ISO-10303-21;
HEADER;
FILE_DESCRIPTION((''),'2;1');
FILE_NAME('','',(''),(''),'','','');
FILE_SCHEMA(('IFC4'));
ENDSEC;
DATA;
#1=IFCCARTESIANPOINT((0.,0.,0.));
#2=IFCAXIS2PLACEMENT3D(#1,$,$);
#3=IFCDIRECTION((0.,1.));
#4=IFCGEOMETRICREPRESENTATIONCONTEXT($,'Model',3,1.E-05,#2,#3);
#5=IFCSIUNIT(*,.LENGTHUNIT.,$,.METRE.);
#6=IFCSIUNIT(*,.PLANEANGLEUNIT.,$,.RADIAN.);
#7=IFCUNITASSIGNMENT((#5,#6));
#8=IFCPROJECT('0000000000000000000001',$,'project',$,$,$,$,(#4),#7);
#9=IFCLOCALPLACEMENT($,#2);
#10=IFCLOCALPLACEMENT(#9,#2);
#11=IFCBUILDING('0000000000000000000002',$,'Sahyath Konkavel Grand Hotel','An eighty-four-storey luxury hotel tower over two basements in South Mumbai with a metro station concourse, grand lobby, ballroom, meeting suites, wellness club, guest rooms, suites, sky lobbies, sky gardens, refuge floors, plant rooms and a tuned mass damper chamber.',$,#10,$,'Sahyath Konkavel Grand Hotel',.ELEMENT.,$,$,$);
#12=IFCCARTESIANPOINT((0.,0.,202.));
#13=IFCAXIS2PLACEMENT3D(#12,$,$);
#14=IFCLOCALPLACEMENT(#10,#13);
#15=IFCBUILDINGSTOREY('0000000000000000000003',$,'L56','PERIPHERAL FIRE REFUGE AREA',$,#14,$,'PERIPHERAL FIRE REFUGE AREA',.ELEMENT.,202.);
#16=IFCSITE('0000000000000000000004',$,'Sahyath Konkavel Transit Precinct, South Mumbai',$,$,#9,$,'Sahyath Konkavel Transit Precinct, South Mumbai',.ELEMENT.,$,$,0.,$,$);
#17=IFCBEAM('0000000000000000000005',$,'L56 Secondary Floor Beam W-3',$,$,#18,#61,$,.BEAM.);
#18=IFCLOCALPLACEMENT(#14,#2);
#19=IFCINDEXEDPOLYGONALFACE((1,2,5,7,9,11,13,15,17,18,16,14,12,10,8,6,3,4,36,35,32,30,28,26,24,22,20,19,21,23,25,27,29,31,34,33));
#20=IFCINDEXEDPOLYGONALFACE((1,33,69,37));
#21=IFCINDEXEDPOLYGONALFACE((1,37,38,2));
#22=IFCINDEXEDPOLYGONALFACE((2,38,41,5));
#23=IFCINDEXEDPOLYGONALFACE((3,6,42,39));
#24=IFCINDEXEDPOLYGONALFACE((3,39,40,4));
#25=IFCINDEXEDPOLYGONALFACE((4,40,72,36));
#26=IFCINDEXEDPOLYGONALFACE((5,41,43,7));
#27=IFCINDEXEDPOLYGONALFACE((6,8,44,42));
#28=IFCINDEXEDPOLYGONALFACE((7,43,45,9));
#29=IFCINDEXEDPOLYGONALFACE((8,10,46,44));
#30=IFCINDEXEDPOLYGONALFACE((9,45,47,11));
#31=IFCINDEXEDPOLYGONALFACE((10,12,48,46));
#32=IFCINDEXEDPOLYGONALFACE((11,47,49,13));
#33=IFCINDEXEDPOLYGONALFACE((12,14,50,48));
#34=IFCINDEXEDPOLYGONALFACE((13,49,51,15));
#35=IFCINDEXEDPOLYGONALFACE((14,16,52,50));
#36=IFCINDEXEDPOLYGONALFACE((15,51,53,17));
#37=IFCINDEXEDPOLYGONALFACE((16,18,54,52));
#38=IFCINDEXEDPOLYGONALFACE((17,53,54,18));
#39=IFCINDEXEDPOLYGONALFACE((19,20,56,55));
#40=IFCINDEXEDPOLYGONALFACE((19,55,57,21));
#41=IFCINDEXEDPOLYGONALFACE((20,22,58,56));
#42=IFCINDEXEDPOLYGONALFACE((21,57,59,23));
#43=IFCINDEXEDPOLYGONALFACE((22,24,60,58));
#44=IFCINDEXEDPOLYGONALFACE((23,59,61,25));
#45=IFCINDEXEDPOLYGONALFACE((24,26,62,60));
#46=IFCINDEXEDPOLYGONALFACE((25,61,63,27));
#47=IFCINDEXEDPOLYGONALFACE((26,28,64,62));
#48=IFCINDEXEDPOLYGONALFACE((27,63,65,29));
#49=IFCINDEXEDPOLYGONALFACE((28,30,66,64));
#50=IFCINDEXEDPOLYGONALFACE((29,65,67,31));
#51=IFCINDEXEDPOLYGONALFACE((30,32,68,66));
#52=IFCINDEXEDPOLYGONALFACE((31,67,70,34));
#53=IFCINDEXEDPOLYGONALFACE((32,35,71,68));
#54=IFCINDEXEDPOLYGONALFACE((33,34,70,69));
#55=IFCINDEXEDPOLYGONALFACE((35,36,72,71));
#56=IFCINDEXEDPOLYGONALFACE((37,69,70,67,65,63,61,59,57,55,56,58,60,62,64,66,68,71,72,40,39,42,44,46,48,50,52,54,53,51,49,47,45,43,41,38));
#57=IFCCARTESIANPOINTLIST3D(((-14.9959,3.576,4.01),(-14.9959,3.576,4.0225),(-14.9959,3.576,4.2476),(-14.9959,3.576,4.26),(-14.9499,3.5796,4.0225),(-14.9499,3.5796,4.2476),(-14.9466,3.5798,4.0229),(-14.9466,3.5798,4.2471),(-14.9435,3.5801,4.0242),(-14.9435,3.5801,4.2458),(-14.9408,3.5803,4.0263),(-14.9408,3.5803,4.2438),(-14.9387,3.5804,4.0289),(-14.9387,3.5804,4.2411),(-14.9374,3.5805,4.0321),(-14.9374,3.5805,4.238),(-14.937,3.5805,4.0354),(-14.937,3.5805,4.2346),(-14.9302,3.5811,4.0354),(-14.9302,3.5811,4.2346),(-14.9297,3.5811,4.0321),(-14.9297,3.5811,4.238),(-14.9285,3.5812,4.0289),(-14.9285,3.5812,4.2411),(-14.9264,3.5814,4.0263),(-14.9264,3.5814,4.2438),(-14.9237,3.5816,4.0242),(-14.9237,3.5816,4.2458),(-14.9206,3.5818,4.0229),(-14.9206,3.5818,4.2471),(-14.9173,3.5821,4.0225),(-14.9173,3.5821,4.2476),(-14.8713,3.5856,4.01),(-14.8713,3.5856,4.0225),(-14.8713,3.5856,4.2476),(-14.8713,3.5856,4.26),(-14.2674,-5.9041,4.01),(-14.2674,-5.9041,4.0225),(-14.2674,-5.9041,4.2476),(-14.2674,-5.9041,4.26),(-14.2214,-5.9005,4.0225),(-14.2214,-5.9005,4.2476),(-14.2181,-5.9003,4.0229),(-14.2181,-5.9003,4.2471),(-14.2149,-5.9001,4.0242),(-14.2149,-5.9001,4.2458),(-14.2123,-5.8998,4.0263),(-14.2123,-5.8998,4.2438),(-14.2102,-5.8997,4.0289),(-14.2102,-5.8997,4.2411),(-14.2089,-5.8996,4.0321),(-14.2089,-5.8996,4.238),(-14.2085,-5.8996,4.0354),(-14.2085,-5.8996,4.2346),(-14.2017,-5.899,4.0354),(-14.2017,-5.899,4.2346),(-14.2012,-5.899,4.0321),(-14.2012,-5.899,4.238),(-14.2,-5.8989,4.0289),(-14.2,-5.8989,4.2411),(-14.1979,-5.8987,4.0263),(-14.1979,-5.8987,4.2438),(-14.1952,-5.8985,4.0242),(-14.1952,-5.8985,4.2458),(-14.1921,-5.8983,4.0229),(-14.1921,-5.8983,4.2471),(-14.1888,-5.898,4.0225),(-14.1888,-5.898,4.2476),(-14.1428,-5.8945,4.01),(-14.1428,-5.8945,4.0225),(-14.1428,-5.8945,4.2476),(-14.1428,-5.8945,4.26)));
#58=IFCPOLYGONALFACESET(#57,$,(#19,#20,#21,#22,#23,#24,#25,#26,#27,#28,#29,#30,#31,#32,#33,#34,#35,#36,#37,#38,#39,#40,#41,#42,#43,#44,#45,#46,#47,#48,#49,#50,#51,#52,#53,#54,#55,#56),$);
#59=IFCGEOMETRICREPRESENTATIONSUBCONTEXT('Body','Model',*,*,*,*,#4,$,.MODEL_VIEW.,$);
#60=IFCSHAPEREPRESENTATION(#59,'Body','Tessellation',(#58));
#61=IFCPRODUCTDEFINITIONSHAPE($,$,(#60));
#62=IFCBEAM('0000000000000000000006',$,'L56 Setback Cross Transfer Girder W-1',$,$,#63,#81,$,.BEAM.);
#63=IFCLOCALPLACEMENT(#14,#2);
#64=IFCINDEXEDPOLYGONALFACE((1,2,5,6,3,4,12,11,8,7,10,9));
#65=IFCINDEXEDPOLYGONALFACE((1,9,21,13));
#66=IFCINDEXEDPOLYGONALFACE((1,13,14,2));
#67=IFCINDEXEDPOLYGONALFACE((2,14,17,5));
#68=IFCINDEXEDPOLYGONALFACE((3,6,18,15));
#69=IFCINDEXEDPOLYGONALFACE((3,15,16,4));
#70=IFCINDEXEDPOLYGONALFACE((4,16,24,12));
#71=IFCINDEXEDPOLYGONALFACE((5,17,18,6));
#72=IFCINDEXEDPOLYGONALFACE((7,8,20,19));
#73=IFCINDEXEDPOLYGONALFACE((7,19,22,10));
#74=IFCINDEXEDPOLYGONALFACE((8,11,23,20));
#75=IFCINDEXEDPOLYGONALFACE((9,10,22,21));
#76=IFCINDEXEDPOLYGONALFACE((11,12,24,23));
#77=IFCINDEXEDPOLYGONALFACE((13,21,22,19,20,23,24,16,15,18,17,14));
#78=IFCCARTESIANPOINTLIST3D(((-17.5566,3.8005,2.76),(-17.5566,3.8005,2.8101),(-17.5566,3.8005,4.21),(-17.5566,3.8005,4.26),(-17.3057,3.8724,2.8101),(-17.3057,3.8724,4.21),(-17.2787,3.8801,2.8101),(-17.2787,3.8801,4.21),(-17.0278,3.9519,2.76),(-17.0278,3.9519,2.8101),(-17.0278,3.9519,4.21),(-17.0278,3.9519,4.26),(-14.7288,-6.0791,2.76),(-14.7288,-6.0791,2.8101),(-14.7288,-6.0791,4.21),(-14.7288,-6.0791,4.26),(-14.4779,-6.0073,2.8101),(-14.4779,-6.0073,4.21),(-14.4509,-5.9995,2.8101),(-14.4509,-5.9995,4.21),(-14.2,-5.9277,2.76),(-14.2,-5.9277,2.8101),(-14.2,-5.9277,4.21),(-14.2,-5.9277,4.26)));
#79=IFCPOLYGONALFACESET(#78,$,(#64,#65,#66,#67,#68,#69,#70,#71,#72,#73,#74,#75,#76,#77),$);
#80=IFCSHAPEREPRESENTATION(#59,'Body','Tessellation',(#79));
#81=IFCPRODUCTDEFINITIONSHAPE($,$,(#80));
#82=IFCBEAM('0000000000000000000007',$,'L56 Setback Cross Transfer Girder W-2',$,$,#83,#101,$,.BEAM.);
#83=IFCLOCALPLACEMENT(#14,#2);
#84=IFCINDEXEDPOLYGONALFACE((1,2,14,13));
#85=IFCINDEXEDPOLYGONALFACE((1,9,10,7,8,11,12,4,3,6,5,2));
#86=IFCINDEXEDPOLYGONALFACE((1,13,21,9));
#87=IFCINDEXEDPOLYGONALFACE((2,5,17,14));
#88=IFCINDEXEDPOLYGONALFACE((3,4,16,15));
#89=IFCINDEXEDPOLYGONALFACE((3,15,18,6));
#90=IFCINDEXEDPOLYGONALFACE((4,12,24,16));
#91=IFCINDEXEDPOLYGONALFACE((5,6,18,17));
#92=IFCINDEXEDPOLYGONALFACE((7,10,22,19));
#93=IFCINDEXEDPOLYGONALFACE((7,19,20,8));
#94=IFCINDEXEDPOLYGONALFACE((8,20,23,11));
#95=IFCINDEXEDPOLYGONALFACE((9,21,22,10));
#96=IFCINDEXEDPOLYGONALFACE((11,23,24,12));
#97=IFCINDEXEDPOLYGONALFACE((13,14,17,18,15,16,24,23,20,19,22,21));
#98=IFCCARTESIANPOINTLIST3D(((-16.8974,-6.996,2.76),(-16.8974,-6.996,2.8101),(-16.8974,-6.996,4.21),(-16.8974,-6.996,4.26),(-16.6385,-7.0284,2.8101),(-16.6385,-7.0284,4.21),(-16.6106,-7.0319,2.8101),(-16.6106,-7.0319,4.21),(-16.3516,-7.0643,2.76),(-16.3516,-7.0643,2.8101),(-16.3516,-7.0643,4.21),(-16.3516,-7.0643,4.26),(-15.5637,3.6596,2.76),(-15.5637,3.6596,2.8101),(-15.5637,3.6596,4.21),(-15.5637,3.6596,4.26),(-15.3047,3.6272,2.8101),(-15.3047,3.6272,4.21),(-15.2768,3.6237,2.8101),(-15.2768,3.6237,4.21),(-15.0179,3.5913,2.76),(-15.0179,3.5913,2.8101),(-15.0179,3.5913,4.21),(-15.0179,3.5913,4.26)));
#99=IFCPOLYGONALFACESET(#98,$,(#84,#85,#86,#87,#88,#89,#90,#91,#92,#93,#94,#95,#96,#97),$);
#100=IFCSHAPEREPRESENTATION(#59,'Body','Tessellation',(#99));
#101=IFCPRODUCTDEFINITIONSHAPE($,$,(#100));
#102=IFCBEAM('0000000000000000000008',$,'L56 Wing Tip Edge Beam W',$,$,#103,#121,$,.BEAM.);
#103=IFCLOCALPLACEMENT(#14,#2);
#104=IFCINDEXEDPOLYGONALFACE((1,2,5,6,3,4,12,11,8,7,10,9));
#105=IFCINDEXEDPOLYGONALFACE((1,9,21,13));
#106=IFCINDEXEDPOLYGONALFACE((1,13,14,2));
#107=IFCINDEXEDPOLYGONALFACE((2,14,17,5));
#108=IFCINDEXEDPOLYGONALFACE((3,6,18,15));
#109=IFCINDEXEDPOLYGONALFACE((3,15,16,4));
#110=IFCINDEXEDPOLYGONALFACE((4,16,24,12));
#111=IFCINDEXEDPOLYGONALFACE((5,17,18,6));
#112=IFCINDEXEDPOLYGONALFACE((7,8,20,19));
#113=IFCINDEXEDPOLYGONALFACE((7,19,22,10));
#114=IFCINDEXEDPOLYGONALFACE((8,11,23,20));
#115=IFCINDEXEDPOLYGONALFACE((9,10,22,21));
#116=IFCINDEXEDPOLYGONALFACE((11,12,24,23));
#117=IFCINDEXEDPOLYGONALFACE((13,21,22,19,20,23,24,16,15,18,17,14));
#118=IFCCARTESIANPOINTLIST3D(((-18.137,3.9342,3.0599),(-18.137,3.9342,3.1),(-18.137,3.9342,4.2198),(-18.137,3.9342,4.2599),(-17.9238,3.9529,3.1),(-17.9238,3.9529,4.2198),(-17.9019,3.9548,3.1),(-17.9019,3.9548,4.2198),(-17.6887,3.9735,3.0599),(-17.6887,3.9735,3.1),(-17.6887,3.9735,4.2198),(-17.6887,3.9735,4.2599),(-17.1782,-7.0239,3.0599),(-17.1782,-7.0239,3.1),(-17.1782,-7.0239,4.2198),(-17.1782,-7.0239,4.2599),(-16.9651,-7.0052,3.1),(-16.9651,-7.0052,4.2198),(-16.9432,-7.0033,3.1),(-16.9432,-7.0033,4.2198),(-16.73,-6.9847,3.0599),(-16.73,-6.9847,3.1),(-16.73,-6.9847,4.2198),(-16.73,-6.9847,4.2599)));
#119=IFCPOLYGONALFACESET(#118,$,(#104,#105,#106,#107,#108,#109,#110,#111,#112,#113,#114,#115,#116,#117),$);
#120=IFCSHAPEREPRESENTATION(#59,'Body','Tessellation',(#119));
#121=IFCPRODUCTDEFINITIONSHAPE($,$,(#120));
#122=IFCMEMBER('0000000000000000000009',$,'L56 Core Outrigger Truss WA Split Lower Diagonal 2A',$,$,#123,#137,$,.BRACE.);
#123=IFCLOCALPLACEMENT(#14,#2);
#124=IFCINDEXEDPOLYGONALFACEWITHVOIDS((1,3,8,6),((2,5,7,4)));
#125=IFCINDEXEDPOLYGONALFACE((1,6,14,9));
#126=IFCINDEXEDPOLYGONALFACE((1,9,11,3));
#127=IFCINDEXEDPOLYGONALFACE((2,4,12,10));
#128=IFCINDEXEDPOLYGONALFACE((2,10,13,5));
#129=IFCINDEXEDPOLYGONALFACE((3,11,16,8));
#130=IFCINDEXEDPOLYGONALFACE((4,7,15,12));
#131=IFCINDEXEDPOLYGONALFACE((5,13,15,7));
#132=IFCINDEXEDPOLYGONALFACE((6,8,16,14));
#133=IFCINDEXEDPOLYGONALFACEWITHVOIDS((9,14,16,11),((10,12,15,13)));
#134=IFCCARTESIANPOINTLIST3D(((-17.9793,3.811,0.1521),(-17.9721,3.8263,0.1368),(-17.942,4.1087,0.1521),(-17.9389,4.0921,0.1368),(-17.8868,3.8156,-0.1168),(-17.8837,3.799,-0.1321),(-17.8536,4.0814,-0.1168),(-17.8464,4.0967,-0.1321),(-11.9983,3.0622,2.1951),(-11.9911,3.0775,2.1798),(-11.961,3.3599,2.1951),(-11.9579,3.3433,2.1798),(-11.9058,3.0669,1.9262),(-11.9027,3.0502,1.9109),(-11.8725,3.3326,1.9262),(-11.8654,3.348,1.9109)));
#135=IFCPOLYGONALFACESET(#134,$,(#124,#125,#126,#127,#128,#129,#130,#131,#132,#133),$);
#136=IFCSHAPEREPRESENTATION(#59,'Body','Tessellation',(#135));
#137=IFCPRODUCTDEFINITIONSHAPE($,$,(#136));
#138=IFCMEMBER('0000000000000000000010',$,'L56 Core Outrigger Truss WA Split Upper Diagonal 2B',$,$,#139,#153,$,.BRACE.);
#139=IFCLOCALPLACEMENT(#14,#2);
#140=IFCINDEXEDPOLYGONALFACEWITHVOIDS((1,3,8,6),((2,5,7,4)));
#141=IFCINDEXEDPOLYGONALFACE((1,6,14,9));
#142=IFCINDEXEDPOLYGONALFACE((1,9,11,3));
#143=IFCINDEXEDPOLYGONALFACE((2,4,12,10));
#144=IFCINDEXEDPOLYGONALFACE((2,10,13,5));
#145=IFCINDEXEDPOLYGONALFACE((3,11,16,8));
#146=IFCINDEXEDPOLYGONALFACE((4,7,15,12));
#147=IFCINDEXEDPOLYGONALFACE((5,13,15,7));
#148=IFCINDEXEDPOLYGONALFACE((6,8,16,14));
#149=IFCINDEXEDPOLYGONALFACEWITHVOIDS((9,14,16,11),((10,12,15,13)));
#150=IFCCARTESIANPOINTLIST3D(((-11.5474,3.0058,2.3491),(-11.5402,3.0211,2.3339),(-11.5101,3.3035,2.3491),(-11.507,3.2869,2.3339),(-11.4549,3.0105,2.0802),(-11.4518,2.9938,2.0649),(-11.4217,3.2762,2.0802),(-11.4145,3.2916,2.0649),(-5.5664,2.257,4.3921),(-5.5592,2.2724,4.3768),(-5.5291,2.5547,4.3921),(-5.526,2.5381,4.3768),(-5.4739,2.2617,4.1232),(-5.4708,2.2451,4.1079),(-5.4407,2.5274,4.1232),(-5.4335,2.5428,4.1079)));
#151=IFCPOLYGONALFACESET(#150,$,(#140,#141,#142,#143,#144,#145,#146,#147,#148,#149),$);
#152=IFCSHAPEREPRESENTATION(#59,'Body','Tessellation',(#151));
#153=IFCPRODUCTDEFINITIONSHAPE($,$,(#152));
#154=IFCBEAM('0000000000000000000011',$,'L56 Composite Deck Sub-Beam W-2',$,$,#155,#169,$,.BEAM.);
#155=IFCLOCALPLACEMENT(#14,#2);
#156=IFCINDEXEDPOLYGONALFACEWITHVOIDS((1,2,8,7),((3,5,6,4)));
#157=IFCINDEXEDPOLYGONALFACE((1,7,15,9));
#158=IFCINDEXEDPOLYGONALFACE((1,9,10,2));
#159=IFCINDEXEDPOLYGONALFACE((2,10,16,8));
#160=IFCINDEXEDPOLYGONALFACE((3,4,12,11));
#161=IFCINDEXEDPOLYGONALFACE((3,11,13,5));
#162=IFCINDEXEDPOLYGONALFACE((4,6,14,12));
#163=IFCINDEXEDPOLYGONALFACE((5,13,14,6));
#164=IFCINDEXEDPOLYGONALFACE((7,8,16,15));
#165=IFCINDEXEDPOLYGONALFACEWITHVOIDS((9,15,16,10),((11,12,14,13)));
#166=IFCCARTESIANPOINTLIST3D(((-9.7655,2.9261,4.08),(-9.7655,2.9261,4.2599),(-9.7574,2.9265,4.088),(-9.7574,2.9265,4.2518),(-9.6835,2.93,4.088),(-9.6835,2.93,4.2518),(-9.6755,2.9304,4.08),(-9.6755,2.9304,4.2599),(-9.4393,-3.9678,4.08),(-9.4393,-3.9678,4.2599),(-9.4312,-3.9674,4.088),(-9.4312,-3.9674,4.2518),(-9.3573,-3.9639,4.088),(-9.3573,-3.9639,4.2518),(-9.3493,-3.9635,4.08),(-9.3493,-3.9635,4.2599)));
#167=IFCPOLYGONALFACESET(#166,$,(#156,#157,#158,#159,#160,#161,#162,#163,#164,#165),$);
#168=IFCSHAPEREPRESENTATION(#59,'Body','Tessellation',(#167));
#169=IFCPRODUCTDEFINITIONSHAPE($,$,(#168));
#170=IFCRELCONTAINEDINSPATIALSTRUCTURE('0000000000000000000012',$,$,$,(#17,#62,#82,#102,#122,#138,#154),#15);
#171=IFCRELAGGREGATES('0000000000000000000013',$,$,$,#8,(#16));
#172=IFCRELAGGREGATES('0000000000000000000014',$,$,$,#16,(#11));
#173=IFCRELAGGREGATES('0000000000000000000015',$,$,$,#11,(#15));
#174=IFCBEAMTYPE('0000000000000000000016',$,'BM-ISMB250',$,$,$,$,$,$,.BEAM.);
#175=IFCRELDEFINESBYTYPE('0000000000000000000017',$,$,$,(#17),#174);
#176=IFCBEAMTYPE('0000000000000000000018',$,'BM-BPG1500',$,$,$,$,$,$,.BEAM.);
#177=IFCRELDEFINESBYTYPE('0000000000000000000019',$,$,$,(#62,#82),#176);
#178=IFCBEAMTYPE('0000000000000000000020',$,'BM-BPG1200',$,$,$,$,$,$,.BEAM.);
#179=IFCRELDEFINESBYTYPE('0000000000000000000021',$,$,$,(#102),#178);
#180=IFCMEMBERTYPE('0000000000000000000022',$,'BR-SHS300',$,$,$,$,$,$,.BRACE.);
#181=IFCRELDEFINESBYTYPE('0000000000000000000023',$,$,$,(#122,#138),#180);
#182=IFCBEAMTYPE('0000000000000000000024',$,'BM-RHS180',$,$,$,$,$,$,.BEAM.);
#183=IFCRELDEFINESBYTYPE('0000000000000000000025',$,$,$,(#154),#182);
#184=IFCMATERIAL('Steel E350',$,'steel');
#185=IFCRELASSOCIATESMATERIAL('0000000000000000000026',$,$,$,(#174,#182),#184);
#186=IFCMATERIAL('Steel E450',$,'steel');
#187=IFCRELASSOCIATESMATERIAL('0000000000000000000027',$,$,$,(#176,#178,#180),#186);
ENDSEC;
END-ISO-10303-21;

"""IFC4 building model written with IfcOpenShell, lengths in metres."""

from ifc_helpers import new_model, si_unit, direction, frame, origin, origin_2d, place, context, subcontext, project, spatial, hollow_rectangle, i_section, extrude, source, transform, mapped, material, material_profile, profile_set, type_object, element, save


model = new_model("IFC4")

# Units and contexts
model_context = context("Model", 3, precision=1e-05, world=origin(), true_north=direction((0.0, 1.0)))
body_context = subcontext(model_context, "Body", "Model", "MODEL_VIEW")
ifc_project = project(units=[si_unit("LENGTHUNIT", "METRE"), si_unit("PLANEANGLEUNIT", "RADIAN")], contexts=[model_context])

# Site, building, storey
site_placement = place(None, origin())
site = spatial("IfcSite", under=ifc_project, at=site_placement, Name="Sahyath Konkavel Transit Precinct, South Mumbai", LongName="Sahyath Konkavel Transit Precinct, South Mumbai", CompositionType="ELEMENT", RefElevation=0.0)
building_placement = place(site_placement, origin())
building = spatial("IfcBuilding", under=site, at=building_placement, Name="Sahyath Konkavel Grand Hotel", Description="An eighty-four-storey luxury hotel tower over two basements in South Mumbai with a metro station concourse, grand lobby, ballroom, meeting suites, wellness club, guest rooms, suites, sky lobbies, sky gardens, refuge floors, plant rooms and a tuned mass damper chamber.", LongName="Sahyath Konkavel Grand Hotel", CompositionType="ELEMENT")
storey_placement = place(building_placement, frame((0.0, 0.0, 202.0)))
storey = spatial("IfcBuildingStorey", under=building, at=storey_placement, Name="L56", Description="PERIPHERAL FIRE REFUGE AREA", LongName="PERIPHERAL FIRE REFUGE AREA", CompositionType="ELEMENT", Elevation=202.0)

# Shared definitions
ifc_material_1 = material(Name="Steel E450", Category="steel")

# Beams
ifc_material_2 = material(Name="Steel E350", Category="steel")
ifc_material_profile_1 = material_profile(ifc_material_2, i_section(OverallWidth=0.125, OverallDepth=0.25, WebThickness=0.0068, FlangeThickness=0.0125, FilletRadius=0.0129, at=origin_2d()), Name="ISMB 250")
ifc_profile_set_1 = profile_set([ifc_material_profile_1], Name="Steel E350")
beam_type_1 = type_object("IfcBeamType", Name="BM-ISMB250", PredefinedType="BEAM", material=ifc_profile_set_1)
shared_shape_1 = source(origin(), body_context, "Body", "SweptSolid", [
    extrude(i_section(OverallWidth=0.125, OverallDepth=0.25, WebThickness=0.0068, FlangeThickness=0.0125, FilletRadius=0.0129, at=origin_2d()), origin(), (0.0, 0.0, 1.0), 9.5081),
])
beam_1_placement = place(storey_placement, frame((-14.9336, 3.5808, 4.135), z_axis=(0.07662, -0.99706, 0.0), x_axis=(0.99706, 0.07662, 0.0)))
element("IfcBeam", 1, at=beam_1_placement, inside=storey, type_object=beam_type_1, Name="L56 Secondary Floor Beam W-3", PredefinedType="BEAM", context=body_context, shape_type="MappedRepresentation", body=[
    mapped(shared_shape_1, transform((0.0, 0.0, 0.0), scale=1.0)),
])
ifc_material_profile_2 = material_profile(ifc_material_1, i_section(OverallWidth=0.55, OverallDepth=1.5, WebThickness=0.0281, FlangeThickness=0.05, at=origin_2d()), Name="BPG 1500x550")
ifc_profile_set_2 = profile_set([ifc_material_profile_2], Name="Steel E450")
beam_type_2 = type_object("IfcBeamType", Name="BM-BPG1500", PredefinedType="BEAM", material=ifc_profile_set_2)
shared_shape_2 = source(origin(), body_context, "Body", "SweptSolid", [
    extrude(i_section(OverallWidth=0.55, OverallDepth=1.5, WebThickness=0.0281, FlangeThickness=0.05, at=origin_2d()), origin(), (0.0, 0.0, 1.0), 10.2764),
])
beam_2_placement = place(storey_placement, frame((-17.2922, 3.8762, 3.51), z_axis=(0.275182, -0.961392, 0.0), x_axis=(0.961392, 0.275182, 0.0)))
element("IfcBeam", 2, at=beam_2_placement, inside=storey, type_object=beam_type_2, Name="L56 Setback Cross Transfer Girder W-1", PredefinedType="BEAM", context=body_context, shape_type="MappedRepresentation", body=[
    mapped(shared_shape_2, transform((0.0, 0.0, 0.0), scale=1.0)),
])
shared_shape_3 = source(origin(), body_context, "Body", "SweptSolid", [
    extrude(i_section(OverallWidth=0.55, OverallDepth=1.5, WebThickness=0.0281, FlangeThickness=0.05, at=origin_2d()), origin(), (0.0, 0.0, 1.0), 10.7388),
])
beam_3_placement = place(storey_placement, frame((-15.2908, 3.6255, 3.51), z_axis=(-0.1242, -0.992257, 0.0), x_axis=(0.992257, -0.1242, 0.0)))
element("IfcBeam", 3, at=beam_3_placement, inside=storey, type_object=beam_type_2, Name="L56 Setback Cross Transfer Girder W-2", PredefinedType="BEAM", context=body_context, shape_type="MappedRepresentation", body=[
    mapped(shared_shape_3, transform((0.0, 0.0, 0.0), scale=1.0)),
])
ifc_material_profile_3 = material_profile(ifc_material_1, i_section(OverallWidth=0.45, OverallDepth=1.2, WebThickness=0.022, FlangeThickness=0.04, at=origin_2d()), Name="BPG 1200x450")
ifc_profile_set_3 = profile_set([ifc_material_profile_3], Name="Steel E450")
beam_type_3 = type_object("IfcBeamType", Name="BM-BPG1200", PredefinedType="BEAM", material=ifc_profile_set_3)
shared_shape_4 = source(origin(), body_context, "Body", "SweptSolid", [
    extrude(i_section(OverallWidth=0.45, OverallDepth=1.2, WebThickness=0.022, FlangeThickness=0.04, at=origin_2d()), origin(), (0.0, 0.0, 1.0), 11.0),
])
beam_4_placement = place(storey_placement, frame((-17.9128, 3.9539, 3.6599), z_axis=(0.087157, -0.996195, 0.0), x_axis=(0.996195, 0.087157, 0.0)))
element("IfcBeam", 4, at=beam_4_placement, inside=storey, type_object=beam_type_3, Name="L56 Wing Tip Edge Beam W", PredefinedType="BEAM", context=body_context, shape_type="MappedRepresentation", body=[
    mapped(shared_shape_4, transform((0.0, 0.0, 0.0), scale=1.0)),
])

# Members
ifc_material_profile_4 = material_profile(ifc_material_1, hollow_rectangle(XDim=0.3, YDim=0.3, WallThickness=0.0161, at=origin_2d()), Name="SHS 300x300x16")
ifc_profile_set_4 = profile_set([ifc_material_profile_4], Name="Steel E450")
member_type = type_object("IfcMemberType", Name="BR-SHS300", PredefinedType="BRACE", material=ifc_profile_set_4)
shared_shape_5 = source(origin(), body_context, "Body", "SweptSolid", [
    extrude(hollow_rectangle(XDim=0.3, YDim=0.3, WallThickness=0.0161, at=origin_2d()), origin(), (0.0, 0.0, 1.0), 6.3645),
])
for number, where, z_axis, x_axis, name in (
    (5, (-17.9128, 3.9539, 0.01), (0.939744, -0.11765, 0.320997), (0.124224, 0.992254, 0.0), "L56 Core Outrigger Truss WA Split Lower Diagonal 2A"),
    (6, (-11.481, 3.1487, 2.207), (0.939744, -0.11765, 0.320997), (0.124224, 0.992254, 0.0), "L56 Core Outrigger Truss WA Split Upper Diagonal 2B"),
):
    element("IfcMember", number, at=place(storey_placement, frame(where, z_axis=z_axis, x_axis=x_axis)), inside=storey, type_object=member_type, Name=name, PredefinedType="BRACE", context=body_context, shape_type="MappedRepresentation", body=[
        mapped(shared_shape_5, transform((0.0, 0.0, 0.0), scale=1.0)),
    ])

# Beam
ifc_material_profile_5 = material_profile(ifc_material_2, hollow_rectangle(XDim=0.0901, YDim=0.1799, WallThickness=0.0081, at=origin_2d()), Name="RHS 180x90x8")
ifc_profile_set_5 = profile_set([ifc_material_profile_5], Name="Steel E350")
beam_type_4 = type_object("IfcBeamType", Name="BM-RHS180", PredefinedType="BEAM", material=ifc_profile_set_5)
shared_shape_6 = source(origin(), body_context, "Body", "SweptSolid", [
    extrude(hollow_rectangle(XDim=0.0901, YDim=0.1799, WallThickness=0.0081, at=origin_2d()), origin(), (0.0, 0.0, 1.0), 6.9016),
])
beam_5_placement = place(storey_placement, frame((-9.7205, 2.9282, 4.1699), z_axis=(0.047261, -0.998883, 0.0), x_axis=(0.998883, 0.047261, 0.0)))
element("IfcBeam", 7, at=beam_5_placement, inside=storey, type_object=beam_type_4, Name="L56 Composite Deck Sub-Beam W-2", PredefinedType="BEAM", context=body_context, shape_type="MappedRepresentation", body=[
    mapped(shared_shape_6, transform((0.0, 0.0, 0.0), scale=1.0)),
])

save(model, "model.ifc")
